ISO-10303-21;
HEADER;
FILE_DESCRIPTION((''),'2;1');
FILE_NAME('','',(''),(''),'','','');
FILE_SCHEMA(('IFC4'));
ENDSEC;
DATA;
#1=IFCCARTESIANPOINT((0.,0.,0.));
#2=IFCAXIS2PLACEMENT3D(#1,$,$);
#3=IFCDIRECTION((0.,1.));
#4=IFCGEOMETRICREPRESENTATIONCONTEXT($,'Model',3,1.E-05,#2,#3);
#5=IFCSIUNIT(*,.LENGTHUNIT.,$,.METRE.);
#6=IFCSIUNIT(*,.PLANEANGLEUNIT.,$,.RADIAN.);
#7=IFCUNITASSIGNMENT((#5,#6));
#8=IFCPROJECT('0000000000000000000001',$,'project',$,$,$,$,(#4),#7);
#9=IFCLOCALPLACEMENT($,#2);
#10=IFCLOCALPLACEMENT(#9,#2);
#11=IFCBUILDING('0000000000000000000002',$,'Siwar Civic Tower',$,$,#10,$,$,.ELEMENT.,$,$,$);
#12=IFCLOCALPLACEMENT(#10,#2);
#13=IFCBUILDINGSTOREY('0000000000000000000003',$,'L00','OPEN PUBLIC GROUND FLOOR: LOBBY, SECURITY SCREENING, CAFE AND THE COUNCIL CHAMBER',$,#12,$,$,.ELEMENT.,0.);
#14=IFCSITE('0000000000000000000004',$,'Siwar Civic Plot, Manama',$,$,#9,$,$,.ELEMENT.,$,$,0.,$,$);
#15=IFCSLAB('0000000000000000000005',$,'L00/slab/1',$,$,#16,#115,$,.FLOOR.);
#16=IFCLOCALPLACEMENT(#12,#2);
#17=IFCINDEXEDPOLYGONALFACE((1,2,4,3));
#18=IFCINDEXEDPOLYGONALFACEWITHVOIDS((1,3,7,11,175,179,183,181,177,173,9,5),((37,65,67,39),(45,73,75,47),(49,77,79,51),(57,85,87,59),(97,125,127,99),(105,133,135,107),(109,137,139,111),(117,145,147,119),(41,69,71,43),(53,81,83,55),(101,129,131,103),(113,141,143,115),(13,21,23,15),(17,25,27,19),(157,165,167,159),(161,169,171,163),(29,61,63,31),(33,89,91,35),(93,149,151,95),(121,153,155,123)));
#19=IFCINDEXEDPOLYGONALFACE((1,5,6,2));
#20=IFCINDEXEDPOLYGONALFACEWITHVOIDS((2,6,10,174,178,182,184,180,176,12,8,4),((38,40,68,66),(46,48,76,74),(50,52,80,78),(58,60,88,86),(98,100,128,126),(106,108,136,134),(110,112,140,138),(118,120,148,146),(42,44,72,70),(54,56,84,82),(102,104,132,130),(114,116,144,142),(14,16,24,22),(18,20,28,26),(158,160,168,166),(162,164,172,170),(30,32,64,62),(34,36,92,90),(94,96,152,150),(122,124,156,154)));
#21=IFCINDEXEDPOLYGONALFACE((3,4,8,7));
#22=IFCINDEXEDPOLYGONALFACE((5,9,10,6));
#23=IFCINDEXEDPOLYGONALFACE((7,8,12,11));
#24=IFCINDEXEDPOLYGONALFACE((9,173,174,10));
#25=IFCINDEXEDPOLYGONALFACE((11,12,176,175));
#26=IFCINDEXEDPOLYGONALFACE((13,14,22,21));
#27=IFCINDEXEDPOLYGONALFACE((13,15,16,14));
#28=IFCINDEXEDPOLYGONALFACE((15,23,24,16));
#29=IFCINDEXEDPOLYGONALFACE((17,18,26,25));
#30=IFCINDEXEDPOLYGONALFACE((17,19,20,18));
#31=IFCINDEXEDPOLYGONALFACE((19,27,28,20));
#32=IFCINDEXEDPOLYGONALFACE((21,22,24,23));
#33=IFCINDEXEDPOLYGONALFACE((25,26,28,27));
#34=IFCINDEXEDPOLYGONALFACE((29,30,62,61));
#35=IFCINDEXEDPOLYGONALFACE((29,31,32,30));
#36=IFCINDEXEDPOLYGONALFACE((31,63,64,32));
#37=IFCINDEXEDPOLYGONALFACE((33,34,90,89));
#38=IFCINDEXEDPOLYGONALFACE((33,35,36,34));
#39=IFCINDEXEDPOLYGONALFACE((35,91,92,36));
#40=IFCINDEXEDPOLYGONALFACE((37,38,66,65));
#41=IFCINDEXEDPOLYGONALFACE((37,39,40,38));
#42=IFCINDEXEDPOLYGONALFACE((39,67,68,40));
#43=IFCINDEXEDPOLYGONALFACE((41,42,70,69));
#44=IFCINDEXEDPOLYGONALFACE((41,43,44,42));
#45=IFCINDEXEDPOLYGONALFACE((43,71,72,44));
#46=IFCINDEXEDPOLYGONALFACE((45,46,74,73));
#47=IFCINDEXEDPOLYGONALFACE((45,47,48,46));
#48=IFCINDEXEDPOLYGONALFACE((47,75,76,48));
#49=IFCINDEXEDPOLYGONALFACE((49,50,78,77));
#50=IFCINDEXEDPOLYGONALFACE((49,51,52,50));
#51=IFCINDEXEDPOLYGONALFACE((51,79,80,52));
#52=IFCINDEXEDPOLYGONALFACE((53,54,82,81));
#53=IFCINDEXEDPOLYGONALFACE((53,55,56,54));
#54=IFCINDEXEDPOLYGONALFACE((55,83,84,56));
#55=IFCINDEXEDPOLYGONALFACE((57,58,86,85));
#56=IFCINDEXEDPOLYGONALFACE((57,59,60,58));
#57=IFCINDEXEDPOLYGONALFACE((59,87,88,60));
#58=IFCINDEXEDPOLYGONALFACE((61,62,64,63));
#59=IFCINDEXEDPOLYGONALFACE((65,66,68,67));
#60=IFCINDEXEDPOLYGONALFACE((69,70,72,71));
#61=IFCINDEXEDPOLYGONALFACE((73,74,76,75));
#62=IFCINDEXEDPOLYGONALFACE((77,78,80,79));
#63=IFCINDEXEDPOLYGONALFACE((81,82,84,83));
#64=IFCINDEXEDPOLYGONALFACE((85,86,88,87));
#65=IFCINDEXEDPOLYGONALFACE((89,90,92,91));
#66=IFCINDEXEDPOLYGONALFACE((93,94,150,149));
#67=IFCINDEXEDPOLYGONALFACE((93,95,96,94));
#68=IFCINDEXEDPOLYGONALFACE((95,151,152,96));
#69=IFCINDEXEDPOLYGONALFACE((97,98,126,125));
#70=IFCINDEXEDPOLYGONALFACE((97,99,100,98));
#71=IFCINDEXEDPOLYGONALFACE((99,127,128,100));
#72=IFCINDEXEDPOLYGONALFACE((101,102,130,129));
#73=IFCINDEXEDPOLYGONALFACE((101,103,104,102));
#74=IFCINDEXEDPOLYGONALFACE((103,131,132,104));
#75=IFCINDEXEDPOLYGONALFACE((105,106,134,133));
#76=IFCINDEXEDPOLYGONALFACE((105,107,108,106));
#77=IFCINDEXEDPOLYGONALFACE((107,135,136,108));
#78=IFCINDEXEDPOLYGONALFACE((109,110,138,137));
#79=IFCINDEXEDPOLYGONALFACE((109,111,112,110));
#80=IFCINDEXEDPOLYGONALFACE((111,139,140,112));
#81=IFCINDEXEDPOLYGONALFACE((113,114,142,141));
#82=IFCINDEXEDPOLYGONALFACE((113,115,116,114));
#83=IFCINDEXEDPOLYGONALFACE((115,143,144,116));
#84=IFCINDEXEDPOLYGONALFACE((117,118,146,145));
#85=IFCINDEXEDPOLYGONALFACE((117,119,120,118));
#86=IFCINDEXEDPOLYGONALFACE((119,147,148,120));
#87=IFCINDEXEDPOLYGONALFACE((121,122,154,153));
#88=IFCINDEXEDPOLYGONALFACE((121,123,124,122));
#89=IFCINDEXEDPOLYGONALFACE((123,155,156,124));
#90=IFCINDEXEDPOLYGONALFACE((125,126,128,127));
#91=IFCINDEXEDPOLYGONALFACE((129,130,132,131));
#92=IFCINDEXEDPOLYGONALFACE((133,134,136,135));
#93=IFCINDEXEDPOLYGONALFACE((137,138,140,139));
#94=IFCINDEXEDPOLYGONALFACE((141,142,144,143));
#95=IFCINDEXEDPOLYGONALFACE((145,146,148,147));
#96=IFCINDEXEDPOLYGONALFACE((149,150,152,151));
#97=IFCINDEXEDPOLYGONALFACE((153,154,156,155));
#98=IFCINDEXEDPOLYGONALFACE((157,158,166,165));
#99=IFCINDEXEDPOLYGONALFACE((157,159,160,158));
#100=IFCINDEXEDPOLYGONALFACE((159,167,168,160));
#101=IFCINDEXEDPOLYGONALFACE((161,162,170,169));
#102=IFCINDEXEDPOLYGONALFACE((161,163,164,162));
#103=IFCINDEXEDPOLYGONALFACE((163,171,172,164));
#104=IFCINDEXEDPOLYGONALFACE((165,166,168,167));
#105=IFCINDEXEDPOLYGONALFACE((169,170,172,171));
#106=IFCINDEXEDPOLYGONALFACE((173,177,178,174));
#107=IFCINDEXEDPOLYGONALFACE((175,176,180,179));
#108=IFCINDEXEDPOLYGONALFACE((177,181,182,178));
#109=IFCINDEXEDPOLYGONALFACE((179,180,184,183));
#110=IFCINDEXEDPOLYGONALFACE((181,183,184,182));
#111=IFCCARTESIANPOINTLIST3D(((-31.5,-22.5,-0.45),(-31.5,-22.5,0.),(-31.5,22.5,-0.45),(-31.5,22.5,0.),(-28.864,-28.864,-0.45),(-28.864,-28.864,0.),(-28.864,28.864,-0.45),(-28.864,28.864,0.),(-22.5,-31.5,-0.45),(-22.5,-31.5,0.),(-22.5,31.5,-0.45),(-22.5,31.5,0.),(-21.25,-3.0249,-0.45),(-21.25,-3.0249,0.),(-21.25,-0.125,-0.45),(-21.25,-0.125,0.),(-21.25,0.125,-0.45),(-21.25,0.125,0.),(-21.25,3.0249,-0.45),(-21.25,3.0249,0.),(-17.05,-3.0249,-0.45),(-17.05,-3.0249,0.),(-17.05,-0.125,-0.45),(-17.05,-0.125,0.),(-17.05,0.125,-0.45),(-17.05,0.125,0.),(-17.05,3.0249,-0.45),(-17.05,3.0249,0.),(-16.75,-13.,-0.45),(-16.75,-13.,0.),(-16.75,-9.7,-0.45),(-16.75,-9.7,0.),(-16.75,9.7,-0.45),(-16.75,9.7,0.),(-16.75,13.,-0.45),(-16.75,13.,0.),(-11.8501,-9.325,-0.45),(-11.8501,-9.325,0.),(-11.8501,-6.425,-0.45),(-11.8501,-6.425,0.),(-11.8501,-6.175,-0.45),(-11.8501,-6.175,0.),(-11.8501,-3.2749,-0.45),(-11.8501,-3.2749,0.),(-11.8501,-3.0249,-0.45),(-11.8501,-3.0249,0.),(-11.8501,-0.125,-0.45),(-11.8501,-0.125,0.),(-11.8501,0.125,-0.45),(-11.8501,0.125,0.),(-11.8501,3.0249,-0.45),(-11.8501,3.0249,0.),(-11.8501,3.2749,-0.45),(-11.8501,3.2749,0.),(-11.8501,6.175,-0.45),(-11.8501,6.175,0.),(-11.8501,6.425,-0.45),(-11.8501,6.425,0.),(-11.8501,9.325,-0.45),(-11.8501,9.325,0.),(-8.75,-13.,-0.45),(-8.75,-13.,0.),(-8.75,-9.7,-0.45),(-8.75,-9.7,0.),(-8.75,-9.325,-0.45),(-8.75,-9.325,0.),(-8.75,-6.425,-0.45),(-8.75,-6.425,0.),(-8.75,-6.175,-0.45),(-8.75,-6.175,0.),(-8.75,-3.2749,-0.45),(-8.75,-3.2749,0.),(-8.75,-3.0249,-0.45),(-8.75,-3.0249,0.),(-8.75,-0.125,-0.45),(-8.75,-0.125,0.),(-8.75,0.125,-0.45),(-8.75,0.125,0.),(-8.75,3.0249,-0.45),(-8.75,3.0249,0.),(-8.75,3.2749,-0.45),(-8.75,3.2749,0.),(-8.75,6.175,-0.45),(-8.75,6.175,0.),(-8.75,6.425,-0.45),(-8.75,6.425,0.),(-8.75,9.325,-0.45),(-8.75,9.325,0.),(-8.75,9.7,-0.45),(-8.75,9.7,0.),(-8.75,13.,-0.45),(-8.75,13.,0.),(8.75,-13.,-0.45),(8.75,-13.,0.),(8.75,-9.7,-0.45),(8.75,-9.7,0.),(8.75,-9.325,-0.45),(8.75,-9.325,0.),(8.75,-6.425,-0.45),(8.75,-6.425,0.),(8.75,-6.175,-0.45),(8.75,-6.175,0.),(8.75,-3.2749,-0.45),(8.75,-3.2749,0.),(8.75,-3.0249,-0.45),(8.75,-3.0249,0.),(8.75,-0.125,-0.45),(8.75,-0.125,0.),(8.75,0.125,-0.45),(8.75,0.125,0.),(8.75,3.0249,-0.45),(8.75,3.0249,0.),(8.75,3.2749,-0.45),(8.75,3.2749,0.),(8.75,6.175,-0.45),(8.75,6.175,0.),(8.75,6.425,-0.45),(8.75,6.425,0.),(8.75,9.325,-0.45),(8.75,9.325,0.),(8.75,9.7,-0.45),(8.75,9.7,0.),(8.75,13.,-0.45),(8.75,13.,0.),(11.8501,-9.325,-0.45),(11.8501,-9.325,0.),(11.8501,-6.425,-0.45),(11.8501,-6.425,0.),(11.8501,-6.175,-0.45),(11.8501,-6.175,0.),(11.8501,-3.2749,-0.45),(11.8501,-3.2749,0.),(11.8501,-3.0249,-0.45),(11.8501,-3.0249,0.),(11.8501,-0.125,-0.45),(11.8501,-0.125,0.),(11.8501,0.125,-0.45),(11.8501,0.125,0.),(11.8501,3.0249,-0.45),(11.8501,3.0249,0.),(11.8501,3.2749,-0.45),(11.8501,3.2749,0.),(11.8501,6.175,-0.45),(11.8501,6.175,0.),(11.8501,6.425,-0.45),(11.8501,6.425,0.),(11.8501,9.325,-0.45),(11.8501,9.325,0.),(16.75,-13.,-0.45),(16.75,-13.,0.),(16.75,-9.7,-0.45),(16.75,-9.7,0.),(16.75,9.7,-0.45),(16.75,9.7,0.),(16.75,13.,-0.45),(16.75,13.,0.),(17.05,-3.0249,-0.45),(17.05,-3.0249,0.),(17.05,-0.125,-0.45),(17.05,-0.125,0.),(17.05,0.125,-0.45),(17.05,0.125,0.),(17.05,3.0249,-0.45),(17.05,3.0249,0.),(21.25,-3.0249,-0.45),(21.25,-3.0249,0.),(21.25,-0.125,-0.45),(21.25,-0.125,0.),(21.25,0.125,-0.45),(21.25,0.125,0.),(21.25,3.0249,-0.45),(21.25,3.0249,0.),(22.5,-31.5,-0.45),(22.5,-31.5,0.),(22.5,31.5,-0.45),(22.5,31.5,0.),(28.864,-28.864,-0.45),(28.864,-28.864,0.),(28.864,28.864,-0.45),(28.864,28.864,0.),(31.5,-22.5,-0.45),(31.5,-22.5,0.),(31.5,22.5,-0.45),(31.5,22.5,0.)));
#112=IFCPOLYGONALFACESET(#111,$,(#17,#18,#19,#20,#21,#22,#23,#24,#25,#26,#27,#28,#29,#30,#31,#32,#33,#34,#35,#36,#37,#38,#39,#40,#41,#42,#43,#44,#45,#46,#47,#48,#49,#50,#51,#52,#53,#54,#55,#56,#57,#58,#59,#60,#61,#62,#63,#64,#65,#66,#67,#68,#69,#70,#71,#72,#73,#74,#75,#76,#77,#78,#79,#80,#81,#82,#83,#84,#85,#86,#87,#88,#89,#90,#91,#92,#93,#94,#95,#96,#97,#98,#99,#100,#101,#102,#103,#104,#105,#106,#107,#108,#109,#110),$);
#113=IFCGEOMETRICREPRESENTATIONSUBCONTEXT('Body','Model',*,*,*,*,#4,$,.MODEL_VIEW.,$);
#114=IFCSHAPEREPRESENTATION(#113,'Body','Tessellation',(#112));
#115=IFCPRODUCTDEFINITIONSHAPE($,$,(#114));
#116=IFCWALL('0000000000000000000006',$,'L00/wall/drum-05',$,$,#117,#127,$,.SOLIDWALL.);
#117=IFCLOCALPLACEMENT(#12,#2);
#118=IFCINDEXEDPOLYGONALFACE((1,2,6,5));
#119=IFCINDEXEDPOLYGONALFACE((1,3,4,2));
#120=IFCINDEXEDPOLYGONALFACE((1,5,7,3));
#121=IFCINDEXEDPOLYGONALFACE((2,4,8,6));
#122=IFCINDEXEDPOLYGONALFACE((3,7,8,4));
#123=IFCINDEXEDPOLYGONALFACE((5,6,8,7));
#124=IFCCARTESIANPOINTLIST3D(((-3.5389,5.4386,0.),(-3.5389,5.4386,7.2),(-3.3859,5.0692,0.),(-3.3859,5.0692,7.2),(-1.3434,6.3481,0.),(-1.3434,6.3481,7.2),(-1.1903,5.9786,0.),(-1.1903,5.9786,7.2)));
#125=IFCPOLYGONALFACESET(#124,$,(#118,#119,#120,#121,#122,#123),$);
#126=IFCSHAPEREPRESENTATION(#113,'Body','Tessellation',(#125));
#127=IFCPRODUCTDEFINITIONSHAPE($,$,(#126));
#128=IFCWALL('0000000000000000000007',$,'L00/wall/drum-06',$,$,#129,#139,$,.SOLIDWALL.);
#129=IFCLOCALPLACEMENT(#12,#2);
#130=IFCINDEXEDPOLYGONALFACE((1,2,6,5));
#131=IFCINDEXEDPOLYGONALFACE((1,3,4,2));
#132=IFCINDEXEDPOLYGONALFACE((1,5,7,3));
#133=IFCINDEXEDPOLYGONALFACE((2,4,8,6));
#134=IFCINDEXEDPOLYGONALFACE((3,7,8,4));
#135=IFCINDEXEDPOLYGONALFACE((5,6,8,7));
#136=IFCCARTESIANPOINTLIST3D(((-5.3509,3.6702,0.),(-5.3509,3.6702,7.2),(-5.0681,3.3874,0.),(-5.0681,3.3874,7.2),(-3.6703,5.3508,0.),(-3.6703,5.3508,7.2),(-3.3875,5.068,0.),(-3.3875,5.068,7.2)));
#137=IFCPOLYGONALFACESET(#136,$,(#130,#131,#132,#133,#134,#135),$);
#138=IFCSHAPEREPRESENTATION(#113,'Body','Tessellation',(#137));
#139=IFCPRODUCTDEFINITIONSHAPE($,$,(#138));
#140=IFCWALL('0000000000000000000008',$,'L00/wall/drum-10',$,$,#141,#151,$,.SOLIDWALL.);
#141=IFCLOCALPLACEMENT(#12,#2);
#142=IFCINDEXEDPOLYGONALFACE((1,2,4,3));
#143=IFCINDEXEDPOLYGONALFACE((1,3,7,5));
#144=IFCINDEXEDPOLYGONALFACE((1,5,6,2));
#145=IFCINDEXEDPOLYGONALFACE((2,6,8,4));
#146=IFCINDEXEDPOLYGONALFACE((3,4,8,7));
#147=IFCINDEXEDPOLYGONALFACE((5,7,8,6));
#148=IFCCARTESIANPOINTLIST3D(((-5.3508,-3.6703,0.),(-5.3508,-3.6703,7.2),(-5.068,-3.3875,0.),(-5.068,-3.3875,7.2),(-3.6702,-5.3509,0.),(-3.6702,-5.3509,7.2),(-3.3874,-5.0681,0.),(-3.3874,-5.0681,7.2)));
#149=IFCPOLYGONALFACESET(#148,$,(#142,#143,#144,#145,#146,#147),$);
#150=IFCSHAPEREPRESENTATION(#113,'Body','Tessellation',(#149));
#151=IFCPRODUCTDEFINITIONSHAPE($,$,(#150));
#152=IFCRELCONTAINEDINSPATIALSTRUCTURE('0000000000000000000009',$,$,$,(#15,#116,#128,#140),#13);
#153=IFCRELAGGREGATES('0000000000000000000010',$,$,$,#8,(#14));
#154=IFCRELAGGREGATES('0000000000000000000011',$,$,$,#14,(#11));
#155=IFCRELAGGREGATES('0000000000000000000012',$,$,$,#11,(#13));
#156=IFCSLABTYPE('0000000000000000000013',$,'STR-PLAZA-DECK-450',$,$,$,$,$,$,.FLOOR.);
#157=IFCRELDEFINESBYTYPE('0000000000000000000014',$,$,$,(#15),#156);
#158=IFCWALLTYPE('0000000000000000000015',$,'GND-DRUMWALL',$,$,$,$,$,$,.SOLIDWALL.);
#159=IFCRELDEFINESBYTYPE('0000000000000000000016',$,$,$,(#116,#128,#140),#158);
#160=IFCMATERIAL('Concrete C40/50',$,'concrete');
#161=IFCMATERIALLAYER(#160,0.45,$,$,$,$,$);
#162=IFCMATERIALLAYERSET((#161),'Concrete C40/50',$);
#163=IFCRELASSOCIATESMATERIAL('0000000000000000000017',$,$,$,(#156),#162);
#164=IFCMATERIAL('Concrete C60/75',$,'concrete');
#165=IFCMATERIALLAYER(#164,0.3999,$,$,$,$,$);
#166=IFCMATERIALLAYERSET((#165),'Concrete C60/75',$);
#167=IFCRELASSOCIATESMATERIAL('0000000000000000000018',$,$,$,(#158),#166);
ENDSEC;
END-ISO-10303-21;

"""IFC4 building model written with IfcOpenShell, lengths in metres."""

from ifc_helpers import new_model, si_unit, direction, frame, frame_2d, origin, place, context, subcontext, project, spatial, polyline, rectangle, outline, extrude, material, layer, layer_set, type_object, element, save


model = new_model("IFC4")

# Units and contexts
model_context = context("Model", 3, precision=1e-05, world=origin(), true_north=direction((0.0, 1.0)))
body_context = subcontext(model_context, "Body", "Model", "MODEL_VIEW")
ifc_project = project(units=[si_unit("LENGTHUNIT", "METRE"), si_unit("PLANEANGLEUNIT", "RADIAN")], contexts=[model_context])

# Site, building, storey
site_placement = place(None, origin())
site = spatial("IfcSite", under=ifc_project, at=site_placement, Name="Siwar Civic Plot, Manama", CompositionType="ELEMENT", RefElevation=0.0)
building_placement = place(site_placement, origin())
building = spatial("IfcBuilding", under=site, at=building_placement, Name="Siwar Civic Tower", CompositionType="ELEMENT")
storey_placement = place(building_placement, origin())
storey = spatial("IfcBuildingStorey", under=building, at=storey_placement, Name="L00", Description="OPEN PUBLIC GROUND FLOOR: LOBBY, SECURITY SCREENING, CAFE AND THE COUNCIL CHAMBER", CompositionType="ELEMENT", Elevation=0.0)

# Slab
ifc_material_1 = material(Name="Concrete C40/50", Category="concrete")
ifc_layer_1 = layer(ifc_material_1, 0.45)
ifc_layer_set_1 = layer_set([ifc_layer_1], Name="Concrete C40/50")
slab_type_1 = type_object("IfcSlabType", Name="STR-PLAZA-DECK-450", PredefinedType="FLOOR", material=ifc_layer_set_1)
slab_1_placement = place(storey_placement, frame((0.0, 0.0, -0.45)))
element("IfcSlab", 1, at=slab_1_placement, inside=storey, type_object=slab_type_1, Name="L00/slab/1", PredefinedType="FLOOR", context=body_context, shape_type="SweptSolid", body=[
    extrude(outline(polyline([(-22.5, -31.5), (22.5, -31.5), (28.864, -28.864), (31.5, -22.5), (31.5, 22.5), (28.864, 28.864), (22.5, 31.5), (-22.5, 31.5), (-28.864, 28.864), (-31.5, 22.5), (-31.5, -22.5), (-28.864, -28.864), (-22.5, -31.5)]), holes=[polyline([(21.25, -0.125), (21.25, -3.0249), (17.05, -3.0249), (17.05, -0.125), (21.25, -0.125)]), polyline([(17.05, 3.0249), (21.25, 3.0249), (21.25, 0.125), (17.05, 0.125), (17.05, 3.0249)]), polyline([(8.75, -9.7), (16.75, -9.7), (16.75, -13.0), (8.75, -13.0), (8.75, -9.7)]), polyline([(16.75, 13.0), (16.75, 9.7), (8.75, 9.7), (8.75, 13.0), (16.75, 13.0)]), polyline([(8.75, -6.425), (11.8501, -6.425), (11.8501, -9.325), (8.75, -9.325), (8.75, -6.425)]), polyline([(8.75, -3.2749), (11.8501, -3.2749), (11.8501, -6.175), (8.75, -6.175), (8.75, -3.2749)]), polyline([(8.75, 3.0249), (11.8501, 3.0249), (11.8501, 0.125), (8.75, 0.125), (8.75, 3.0249)]), polyline([(8.75, 6.175), (11.8501, 6.175), (11.8501, 3.2749), (8.75, 3.2749), (8.75, 6.175)]), polyline([(11.8501, -0.125), (11.8501, -3.0249), (8.75, -3.0249), (8.75, -0.125), (11.8501, -0.125)]), polyline([(11.8501, 9.325), (11.8501, 6.425), (8.75, 6.425), (8.75, 9.325), (11.8501, 9.325)]), polyline([(-11.8501, 6.425), (-11.8501, 9.325), (-8.75, 9.325), (-8.75, 6.425), (-11.8501, 6.425)]), polyline([(-8.75, -13.0), (-16.75, -13.0), (-16.75, -9.7), (-8.75, -9.7), (-8.75, -13.0)]), polyline([(-8.75, -9.325), (-11.8501, -9.325), (-11.8501, -6.425), (-8.75, -6.425), (-8.75, -9.325)]), polyline([(-8.75, -6.175), (-11.8501, -6.175), (-11.8501, -3.2749), (-8.75, -3.2749), (-8.75, -6.175)]), polyline([(-8.75, 0.125), (-11.8501, 0.125), (-11.8501, 3.0249), (-8.75, 3.0249), (-8.75, 0.125)]), polyline([(-8.75, 3.2749), (-11.8501, 3.2749), (-11.8501, 6.175), (-8.75, 6.175), (-8.75, 3.2749)]), polyline([(-11.8501, -3.0249), (-11.8501, -0.125), (-8.75, -0.125), (-8.75, -3.0249), (-11.8501, -3.0249)]), polyline([(-16.75, 9.7), (-16.75, 13.0), (-8.75, 13.0), (-8.75, 9.7), (-16.75, 9.7)]), polyline([(-21.25, -3.0249), (-21.25, -0.125), (-17.05, -0.125), (-17.05, -3.0249), (-21.25, -3.0249)]), polyline([(-17.05, 0.125), (-21.25, 0.125), (-21.25, 3.0249), (-17.05, 3.0249), (-17.05, 0.125)])]), origin(), (0.0, 0.0, 1.0), 0.45),
])

# Walls
ifc_material_2 = material(Name="Concrete C60/75", Category="concrete")
ifc_layer_2 = layer(ifc_material_2, 0.3999)
ifc_layer_set_2 = layer_set([ifc_layer_2], Name="Concrete C60/75")
wall_type = type_object("IfcWallType", Name="GND-DRUMWALL", PredefinedType="SOLIDWALL", material=ifc_layer_set_2)
wall_1_placement = place(storey_placement, frame((-1.2668, 6.1633, 0.0), z_axis=(0.0, 0.0, 1.0), x_axis=(-0.92388, -0.382681, 0.0)))
element("IfcWall", 2, at=wall_1_placement, inside=storey, type_object=wall_type, Name="L00/wall/drum-05", PredefinedType="SOLIDWALL", context=body_context, shape_type="SweptSolid", body=[
    extrude(rectangle(XDim=2.3765, YDim=0.3999, at=frame_2d((1.1882, 0.0))), origin(), (0.0, 0.0, 1.0), 7.2),
])
wall_2_placement = place(storey_placement, frame((-3.5288, 5.2095, 0.0), z_axis=(0.0, 0.0, 1.0), x_axis=(-0.707107, -0.707107, 0.0)))
element("IfcWall", 3, at=wall_2_placement, inside=storey, type_object=wall_type, Name="L00/wall/drum-06", PredefinedType="SOLIDWALL", context=body_context, shape_type="SweptSolid", body=[
    extrude(rectangle(XDim=2.3767, YDim=0.3999, at=frame_2d((1.1885, 0.0))), origin(), (0.0, 0.0, 1.0), 7.2),
])

# Wall
wall_3_placement = place(storey_placement, frame((-5.2095, -3.5288, 0.0), z_axis=(0.0, 0.0, 1.0), x_axis=(0.707107, -0.707107, 0.0)))
element("IfcWall", 4, at=wall_3_placement, inside=storey, type_object=wall_type, Name="L00/wall/drum-10", PredefinedType="SOLIDWALL", context=body_context, shape_type="SweptSolid", body=[
    extrude(rectangle(XDim=2.3767, YDim=0.3999, at=frame_2d((1.1885, 0.0))), origin(), (0.0, 0.0, 1.0), 7.2),
])

save(model, "model.ifc")
